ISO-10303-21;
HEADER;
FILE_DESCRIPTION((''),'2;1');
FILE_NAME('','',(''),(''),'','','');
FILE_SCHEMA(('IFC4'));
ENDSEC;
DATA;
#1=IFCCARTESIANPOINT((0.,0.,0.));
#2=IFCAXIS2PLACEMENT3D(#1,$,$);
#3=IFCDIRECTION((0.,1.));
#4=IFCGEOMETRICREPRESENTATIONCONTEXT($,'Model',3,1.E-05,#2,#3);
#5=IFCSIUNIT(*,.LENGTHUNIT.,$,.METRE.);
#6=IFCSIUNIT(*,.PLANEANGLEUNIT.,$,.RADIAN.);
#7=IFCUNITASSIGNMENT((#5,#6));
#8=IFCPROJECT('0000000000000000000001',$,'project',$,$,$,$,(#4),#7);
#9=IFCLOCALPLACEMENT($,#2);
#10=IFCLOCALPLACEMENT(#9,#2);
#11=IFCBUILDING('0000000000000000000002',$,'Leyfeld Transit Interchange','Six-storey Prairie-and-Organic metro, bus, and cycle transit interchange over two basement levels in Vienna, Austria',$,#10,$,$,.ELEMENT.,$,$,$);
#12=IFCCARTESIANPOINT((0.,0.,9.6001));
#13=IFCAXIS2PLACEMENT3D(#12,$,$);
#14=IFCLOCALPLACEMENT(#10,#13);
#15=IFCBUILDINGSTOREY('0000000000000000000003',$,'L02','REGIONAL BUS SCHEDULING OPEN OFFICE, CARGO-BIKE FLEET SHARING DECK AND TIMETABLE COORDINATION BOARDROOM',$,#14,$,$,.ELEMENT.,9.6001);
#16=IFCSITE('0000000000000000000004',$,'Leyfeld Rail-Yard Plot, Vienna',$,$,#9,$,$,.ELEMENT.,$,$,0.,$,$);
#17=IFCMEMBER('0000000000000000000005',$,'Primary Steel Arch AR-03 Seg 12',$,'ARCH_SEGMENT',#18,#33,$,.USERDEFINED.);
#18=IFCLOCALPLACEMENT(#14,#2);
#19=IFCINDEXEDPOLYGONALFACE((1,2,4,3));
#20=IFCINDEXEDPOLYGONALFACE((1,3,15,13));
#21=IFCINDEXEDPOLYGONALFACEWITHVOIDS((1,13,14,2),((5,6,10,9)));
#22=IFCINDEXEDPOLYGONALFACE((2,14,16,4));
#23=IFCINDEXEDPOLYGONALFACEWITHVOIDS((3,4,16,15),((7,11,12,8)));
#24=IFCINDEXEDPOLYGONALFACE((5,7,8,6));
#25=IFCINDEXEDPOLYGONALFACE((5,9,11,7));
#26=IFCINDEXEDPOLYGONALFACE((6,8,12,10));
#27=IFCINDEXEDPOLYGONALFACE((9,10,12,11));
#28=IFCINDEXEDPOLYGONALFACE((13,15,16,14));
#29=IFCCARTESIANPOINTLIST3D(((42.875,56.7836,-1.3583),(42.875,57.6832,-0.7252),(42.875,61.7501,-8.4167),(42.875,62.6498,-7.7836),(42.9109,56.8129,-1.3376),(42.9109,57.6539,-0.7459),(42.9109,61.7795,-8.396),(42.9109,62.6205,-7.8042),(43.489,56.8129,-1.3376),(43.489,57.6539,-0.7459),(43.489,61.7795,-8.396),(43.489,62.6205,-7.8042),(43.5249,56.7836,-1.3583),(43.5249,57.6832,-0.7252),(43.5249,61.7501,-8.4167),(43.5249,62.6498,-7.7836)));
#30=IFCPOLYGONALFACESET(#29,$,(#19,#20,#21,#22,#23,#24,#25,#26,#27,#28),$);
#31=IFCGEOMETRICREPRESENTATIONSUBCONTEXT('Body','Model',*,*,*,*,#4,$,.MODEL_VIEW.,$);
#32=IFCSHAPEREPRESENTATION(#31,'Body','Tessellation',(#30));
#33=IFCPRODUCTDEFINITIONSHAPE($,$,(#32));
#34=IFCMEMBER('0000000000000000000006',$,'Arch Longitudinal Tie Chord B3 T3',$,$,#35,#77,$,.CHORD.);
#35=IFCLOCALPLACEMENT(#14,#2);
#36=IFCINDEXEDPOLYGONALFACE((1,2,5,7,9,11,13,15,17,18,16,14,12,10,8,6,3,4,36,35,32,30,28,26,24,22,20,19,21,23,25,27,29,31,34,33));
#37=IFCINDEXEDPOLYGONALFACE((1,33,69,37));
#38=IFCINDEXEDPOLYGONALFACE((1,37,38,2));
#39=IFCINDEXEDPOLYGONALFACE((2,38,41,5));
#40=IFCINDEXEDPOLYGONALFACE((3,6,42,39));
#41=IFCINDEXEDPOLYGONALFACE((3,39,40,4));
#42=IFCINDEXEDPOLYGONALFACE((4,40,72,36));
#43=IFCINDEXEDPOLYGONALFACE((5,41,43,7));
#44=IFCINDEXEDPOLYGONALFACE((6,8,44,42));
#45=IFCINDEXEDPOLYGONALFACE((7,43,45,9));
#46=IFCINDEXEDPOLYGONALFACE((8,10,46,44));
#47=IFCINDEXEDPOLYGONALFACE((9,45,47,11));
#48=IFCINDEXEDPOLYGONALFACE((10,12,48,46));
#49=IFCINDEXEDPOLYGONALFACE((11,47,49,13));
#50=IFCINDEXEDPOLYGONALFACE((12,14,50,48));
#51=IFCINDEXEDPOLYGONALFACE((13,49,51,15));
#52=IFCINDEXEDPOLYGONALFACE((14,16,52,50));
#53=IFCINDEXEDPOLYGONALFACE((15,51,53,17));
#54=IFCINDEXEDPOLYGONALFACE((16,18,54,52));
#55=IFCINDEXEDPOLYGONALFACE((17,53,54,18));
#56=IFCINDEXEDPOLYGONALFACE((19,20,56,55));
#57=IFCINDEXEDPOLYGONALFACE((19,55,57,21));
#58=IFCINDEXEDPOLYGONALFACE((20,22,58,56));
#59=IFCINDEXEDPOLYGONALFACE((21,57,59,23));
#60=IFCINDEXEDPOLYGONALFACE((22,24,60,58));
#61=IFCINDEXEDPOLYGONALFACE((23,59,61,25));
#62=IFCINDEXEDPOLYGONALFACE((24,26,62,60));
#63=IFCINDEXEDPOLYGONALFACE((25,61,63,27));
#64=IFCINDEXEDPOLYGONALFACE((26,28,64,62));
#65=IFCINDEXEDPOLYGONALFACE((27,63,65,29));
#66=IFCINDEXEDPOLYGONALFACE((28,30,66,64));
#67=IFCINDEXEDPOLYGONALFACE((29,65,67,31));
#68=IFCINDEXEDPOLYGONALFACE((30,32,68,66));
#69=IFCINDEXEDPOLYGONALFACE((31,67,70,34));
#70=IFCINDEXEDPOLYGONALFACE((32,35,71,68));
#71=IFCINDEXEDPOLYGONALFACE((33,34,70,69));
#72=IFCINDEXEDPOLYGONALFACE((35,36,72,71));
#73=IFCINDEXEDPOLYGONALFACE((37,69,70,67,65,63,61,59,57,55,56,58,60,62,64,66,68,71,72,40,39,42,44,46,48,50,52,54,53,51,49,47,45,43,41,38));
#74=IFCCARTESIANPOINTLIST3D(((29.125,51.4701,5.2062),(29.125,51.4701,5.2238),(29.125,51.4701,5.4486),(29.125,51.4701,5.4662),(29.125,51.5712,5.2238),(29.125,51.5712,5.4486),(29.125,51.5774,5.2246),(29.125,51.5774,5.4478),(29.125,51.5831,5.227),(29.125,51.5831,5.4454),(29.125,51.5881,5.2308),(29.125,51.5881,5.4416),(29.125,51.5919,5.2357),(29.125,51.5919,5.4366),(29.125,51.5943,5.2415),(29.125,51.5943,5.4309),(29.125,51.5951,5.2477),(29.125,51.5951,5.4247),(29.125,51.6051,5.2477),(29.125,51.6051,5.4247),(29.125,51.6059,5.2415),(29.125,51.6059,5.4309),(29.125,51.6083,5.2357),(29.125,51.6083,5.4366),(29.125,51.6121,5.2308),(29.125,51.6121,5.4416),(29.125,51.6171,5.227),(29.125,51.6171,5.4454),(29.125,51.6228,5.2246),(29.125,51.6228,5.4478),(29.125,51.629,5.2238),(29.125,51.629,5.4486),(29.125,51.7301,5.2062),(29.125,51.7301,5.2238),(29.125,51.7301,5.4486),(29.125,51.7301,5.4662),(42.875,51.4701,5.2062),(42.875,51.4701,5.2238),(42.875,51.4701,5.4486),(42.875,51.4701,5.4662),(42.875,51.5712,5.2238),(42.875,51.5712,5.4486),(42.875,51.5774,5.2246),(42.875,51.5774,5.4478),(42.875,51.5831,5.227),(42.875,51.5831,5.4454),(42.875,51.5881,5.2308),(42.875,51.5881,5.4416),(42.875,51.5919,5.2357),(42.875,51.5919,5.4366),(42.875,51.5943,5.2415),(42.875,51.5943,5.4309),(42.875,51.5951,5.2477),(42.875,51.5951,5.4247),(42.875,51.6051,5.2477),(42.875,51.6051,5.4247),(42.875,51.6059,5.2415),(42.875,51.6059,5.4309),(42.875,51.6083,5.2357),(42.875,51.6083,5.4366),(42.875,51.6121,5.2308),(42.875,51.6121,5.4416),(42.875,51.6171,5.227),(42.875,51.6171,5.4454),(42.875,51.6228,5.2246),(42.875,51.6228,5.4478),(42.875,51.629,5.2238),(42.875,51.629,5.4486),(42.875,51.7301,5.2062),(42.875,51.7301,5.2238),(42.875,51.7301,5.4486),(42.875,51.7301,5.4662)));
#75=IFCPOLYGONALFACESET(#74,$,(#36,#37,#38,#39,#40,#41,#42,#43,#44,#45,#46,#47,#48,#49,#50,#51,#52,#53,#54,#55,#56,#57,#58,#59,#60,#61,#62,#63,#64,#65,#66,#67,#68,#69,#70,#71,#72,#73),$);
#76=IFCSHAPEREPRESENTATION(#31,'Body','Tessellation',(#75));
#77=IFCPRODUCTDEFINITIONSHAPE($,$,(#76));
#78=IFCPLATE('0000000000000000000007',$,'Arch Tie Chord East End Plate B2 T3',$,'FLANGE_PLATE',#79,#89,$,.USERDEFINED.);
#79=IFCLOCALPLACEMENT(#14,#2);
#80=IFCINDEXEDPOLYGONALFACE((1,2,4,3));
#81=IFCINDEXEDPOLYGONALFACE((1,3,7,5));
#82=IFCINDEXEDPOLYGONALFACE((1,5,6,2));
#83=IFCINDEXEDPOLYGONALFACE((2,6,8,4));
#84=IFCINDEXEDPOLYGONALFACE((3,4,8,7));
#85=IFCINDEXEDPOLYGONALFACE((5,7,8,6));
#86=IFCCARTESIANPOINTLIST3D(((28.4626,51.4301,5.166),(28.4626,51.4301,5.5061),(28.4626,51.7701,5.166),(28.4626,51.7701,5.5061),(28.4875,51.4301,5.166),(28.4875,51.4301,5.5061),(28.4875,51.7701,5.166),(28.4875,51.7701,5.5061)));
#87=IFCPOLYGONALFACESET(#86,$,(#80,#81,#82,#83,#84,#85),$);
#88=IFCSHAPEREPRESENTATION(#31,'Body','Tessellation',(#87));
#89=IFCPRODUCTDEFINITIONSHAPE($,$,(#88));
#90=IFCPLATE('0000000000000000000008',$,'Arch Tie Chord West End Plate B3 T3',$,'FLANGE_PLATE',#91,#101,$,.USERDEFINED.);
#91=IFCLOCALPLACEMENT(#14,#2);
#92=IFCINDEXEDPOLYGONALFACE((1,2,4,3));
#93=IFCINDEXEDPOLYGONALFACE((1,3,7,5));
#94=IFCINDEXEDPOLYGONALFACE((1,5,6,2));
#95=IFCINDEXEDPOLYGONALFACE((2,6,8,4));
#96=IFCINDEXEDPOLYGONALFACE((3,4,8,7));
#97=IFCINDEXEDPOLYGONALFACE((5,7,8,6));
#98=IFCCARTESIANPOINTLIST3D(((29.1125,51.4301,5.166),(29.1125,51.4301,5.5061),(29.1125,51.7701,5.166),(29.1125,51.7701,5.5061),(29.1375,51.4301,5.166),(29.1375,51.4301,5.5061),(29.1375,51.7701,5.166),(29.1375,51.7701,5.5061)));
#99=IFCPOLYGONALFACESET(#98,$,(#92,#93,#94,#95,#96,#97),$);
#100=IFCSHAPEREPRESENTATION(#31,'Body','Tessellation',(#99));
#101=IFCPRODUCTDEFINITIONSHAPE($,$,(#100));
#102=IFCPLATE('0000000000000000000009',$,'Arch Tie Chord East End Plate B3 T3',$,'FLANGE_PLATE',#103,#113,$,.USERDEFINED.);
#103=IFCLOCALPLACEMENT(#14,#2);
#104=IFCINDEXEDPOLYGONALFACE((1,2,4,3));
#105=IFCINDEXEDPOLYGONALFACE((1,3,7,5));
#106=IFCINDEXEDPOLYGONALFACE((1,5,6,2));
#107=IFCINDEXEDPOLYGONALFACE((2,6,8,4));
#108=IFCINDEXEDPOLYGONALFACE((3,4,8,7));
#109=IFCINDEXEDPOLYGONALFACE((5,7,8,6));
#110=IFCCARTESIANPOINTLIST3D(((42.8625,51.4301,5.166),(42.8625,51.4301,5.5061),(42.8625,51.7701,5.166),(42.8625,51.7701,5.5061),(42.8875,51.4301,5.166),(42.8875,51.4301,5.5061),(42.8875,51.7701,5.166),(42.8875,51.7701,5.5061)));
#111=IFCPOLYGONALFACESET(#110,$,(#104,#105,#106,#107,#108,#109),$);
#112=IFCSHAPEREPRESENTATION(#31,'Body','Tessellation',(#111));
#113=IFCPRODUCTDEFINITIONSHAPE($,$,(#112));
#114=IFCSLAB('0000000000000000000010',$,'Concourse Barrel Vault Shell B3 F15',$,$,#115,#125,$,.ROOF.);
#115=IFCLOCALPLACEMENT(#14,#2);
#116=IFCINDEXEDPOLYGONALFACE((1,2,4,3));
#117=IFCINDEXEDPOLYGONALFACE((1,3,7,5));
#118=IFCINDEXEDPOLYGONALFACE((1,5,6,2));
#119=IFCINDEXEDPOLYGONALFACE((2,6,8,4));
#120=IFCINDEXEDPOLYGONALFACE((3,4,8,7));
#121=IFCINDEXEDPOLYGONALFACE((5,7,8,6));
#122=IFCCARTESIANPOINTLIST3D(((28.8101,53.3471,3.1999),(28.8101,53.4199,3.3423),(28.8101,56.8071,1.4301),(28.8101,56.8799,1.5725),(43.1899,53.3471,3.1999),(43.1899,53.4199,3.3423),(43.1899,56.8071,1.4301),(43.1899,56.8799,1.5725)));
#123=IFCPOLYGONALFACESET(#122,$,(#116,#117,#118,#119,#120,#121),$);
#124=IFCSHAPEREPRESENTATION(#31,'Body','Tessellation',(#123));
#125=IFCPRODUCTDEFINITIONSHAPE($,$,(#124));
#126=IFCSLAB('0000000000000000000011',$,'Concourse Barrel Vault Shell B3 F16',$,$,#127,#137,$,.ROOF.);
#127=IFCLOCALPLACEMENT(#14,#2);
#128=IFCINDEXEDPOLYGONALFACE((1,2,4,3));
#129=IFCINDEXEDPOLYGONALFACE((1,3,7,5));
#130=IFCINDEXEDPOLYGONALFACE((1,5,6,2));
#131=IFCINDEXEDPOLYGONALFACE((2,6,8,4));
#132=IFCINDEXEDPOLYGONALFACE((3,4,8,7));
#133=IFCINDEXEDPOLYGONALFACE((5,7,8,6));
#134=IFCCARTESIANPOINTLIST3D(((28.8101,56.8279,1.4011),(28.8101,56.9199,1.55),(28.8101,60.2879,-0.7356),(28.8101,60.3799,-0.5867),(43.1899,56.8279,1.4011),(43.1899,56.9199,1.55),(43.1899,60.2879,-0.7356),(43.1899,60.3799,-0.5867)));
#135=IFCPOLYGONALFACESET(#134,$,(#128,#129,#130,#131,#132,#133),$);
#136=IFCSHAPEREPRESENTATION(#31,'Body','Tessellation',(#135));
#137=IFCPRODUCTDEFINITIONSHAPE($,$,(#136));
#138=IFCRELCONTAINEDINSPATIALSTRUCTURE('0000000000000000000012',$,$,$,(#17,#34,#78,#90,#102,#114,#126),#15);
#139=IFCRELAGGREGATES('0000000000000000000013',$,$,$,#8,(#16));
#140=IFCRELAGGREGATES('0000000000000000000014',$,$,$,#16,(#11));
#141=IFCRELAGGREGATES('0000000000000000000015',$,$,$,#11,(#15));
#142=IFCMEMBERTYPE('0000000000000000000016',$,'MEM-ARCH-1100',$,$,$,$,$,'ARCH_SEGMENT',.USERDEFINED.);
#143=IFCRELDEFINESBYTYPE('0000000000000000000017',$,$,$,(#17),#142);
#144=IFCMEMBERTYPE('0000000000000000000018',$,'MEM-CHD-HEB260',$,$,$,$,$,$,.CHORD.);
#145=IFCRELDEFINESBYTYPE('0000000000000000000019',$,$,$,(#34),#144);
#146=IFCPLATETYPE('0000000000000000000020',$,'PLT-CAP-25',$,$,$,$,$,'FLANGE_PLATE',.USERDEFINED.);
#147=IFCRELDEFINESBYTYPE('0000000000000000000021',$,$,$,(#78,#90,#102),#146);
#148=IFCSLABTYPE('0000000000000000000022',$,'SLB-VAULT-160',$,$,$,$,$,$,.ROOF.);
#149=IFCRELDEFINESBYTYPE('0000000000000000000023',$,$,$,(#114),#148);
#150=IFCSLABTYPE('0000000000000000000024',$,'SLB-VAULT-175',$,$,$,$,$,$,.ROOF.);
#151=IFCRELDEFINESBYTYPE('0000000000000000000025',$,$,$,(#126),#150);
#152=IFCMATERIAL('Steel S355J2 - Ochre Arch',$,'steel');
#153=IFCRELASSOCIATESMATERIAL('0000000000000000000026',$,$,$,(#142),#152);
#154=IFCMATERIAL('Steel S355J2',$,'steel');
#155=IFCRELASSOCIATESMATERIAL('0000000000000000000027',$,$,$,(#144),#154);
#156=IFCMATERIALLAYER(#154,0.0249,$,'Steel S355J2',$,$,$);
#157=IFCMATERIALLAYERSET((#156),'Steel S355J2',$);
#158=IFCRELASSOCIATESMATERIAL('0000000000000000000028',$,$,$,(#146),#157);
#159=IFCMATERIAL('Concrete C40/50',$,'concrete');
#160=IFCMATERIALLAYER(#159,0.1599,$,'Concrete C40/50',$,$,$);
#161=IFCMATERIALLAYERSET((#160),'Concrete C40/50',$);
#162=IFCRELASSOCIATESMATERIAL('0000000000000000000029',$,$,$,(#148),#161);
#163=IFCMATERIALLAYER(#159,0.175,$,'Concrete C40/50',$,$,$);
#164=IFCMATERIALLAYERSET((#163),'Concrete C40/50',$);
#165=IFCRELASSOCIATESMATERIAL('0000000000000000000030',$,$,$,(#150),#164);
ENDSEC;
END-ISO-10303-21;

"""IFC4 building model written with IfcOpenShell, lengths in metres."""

from ifc_helpers import new_model, si_unit, direction, frame, origin, origin_2d, place, context, subcontext, project, spatial, polyline, rectangle, hollow_rectangle, i_section, outline, extrude, material, layer, layer_set, material_profile, profile_set, type_object, element, save


model = new_model("IFC4")

# Units and contexts
model_context = context("Model", 3, precision=1e-05, world=origin(), true_north=direction((0.0, 1.0)))
body_context = subcontext(model_context, "Body", "Model", "MODEL_VIEW")
ifc_project = project(units=[si_unit("LENGTHUNIT", "METRE"), si_unit("PLANEANGLEUNIT", "RADIAN")], contexts=[model_context])

# Site, building, storey
site_placement = place(None, origin())
site = spatial("IfcSite", under=ifc_project, at=site_placement, Name="Leyfeld Rail-Yard Plot, Vienna", CompositionType="ELEMENT", RefElevation=0.0)
building_placement = place(site_placement, origin())
building = spatial("IfcBuilding", under=site, at=building_placement, Name="Leyfeld Transit Interchange", Description="Six-storey Prairie-and-Organic metro, bus, and cycle transit interchange over two basement levels in Vienna, Austria", CompositionType="ELEMENT")
storey_placement = place(building_placement, frame((0.0, 0.0, 9.6001)))
storey = spatial("IfcBuildingStorey", under=building, at=storey_placement, Name="L02", Description="REGIONAL BUS SCHEDULING OPEN OFFICE, CARGO-BIKE FLEET SHARING DECK AND TIMETABLE COORDINATION BOARDROOM", CompositionType="ELEMENT", Elevation=9.6001)

# Shared definitions
ifc_material_1 = material(Name="Concrete C40/50", Category="concrete")
ifc_material_2 = material(Name="Steel S355J2", Category="steel")

# Members
ifc_material_3 = material(Name="Steel S355J2 - Ochre Arch", Category="steel")
ifc_material_profile_1 = material_profile(ifc_material_3, hollow_rectangle(XDim=0.6499, YDim=1.1001, WallThickness=0.0359, at=origin_2d()), Name="RHS 1100x650x36")
ifc_profile_set_1 = profile_set([ifc_material_profile_1], Name="Steel S355J2 - Ochre Arch")
member_type_1 = type_object("IfcMemberType", Name="MEM-ARCH-1100", ElementType="ARCH_SEGMENT", PredefinedType="USERDEFINED", material=ifc_profile_set_1)
member_1_placement = place(storey_placement, frame((43.2, 57.2334, -1.0417), z_axis=(0.0, 0.57546, -0.81783), x_axis=(-1.0, 0.0, 0.0)))
element("IfcMember", 1, at=member_1_placement, inside=storey, type_object=member_type_1, Name="Primary Steel Arch AR-03 Seg 12", ObjectType="ARCH_SEGMENT", PredefinedType="USERDEFINED", context=body_context, shape_type="SweptSolid", body=[
    extrude(hollow_rectangle(XDim=0.6499, YDim=1.1001, WallThickness=0.0359, at=origin_2d()), origin(), (0.0, 0.0, 1.0), 8.6306),
])
ifc_material_profile_2 = material_profile(ifc_material_2, i_section(OverallWidth=0.26, OverallDepth=0.26, WebThickness=0.01, FlangeThickness=0.0176, FilletRadius=0.0239, at=origin_2d()), Name="HEB 260")
ifc_profile_set_2 = profile_set([ifc_material_profile_2], Name="Steel S355J2")
member_type_2 = type_object("IfcMemberType", Name="MEM-CHD-HEB260", PredefinedType="CHORD", material=ifc_profile_set_2)
member_2_placement = place(storey_placement, frame((29.125, 51.6001, 5.3362), z_axis=(1.0, 0.0, 0.0), x_axis=(0.0, 1.0, 0.0)))
element("IfcMember", 2, at=member_2_placement, inside=storey, type_object=member_type_2, Name="Arch Longitudinal Tie Chord B3 T3", PredefinedType="CHORD", context=body_context, shape_type="SweptSolid", body=[
    extrude(i_section(OverallWidth=0.26, OverallDepth=0.26, WebThickness=0.01, FlangeThickness=0.0176, FilletRadius=0.0239, at=origin_2d()), origin(), (0.0, 0.0, 1.0), 13.75),
])

# Plates
ifc_layer_1 = layer(ifc_material_2, 0.0249, Name="Steel S355J2")
ifc_layer_set_1 = layer_set([ifc_layer_1], Name="Steel S355J2")
plate_type = type_object("IfcPlateType", Name="PLT-CAP-25", ElementType="FLANGE_PLATE", PredefinedType="USERDEFINED", material=ifc_layer_set_1)
for number, where, z_axis, x_axis, name in (
    (3, (28.4751, 51.6001, 5.166), (0.0, 0.0, 1.0), (0.0, 1.0, 0.0), "Arch Tie Chord East End Plate B2 T3"),
    (4, (29.125, 51.6001, 5.166), (0.0, 0.0, 1.0), (0.0, 1.0, 0.0), "Arch Tie Chord West End Plate B3 T3"),
    (5, (42.875, 51.6001, 5.166), (0.0, 0.0, 1.0), (0.0, 1.0, 0.0), "Arch Tie Chord East End Plate B3 T3"),
):
    element("IfcPlate", number, at=place(storey_placement, frame(where, z_axis=z_axis, x_axis=x_axis)), inside=storey, type_object=plate_type, Name=name, ObjectType="FLANGE_PLATE", PredefinedType="USERDEFINED", context=body_context, shape_type="SweptSolid", body=[
        extrude(rectangle(XDim=0.3401, YDim=0.0249, at=origin_2d()), origin(), (0.0, 0.0, 1.0), 0.3401),
    ])

# Slabs
ifc_layer_2 = layer(ifc_material_1, 0.1599, Name="Concrete C40/50")
ifc_layer_set_2 = layer_set([ifc_layer_2], Name="Concrete C40/50")
slab_type_1 = type_object("IfcSlabType", Name="SLB-VAULT-160", PredefinedType="ROOF", material=ifc_layer_set_2)
slab_1_placement = place(storey_placement, frame((28.8101, 53.4199, 3.3423), z_axis=(0.0, 0.455387, 0.890294), x_axis=(1.0, 0.0, 0.0)))
element("IfcSlab", 6, at=slab_1_placement, inside=storey, type_object=slab_type_1, Name="Concourse Barrel Vault Shell B3 F15", PredefinedType="ROOF", context=body_context, shape_type="SweptSolid", body=[
    extrude(outline(polyline([(0.0, 0.0), (14.3799, 0.0), (14.3799, 3.8863), (0.0, 3.8863), (0.0, 0.0)])), origin(), (0.0, 0.0, -1.0), 0.1599),
])
ifc_layer_3 = layer(ifc_material_1, 0.175, Name="Concrete C40/50")
ifc_layer_set_3 = layer_set([ifc_layer_3], Name="Concrete C40/50")
slab_type_2 = type_object("IfcSlabType", Name="SLB-VAULT-175", PredefinedType="ROOF", material=ifc_layer_set_3)
slab_2_placement = place(storey_placement, frame((28.8101, 56.9199, 1.55), z_axis=(0.0, 0.525437, 0.850833), x_axis=(1.0, 0.0, 0.0)))
element("IfcSlab", 7, at=slab_2_placement, inside=storey, type_object=slab_type_2, Name="Concourse Barrel Vault Shell B3 F16", PredefinedType="ROOF", context=body_context, shape_type="SweptSolid", body=[
    extrude(outline(polyline([(0.0, 0.0), (14.3799, 0.0), (14.3799, 4.0666), (0.0, 4.0666), (0.0, 0.0)])), origin(), (0.0, 0.0, -1.0), 0.175),
])

save(model, "model.ifc")
